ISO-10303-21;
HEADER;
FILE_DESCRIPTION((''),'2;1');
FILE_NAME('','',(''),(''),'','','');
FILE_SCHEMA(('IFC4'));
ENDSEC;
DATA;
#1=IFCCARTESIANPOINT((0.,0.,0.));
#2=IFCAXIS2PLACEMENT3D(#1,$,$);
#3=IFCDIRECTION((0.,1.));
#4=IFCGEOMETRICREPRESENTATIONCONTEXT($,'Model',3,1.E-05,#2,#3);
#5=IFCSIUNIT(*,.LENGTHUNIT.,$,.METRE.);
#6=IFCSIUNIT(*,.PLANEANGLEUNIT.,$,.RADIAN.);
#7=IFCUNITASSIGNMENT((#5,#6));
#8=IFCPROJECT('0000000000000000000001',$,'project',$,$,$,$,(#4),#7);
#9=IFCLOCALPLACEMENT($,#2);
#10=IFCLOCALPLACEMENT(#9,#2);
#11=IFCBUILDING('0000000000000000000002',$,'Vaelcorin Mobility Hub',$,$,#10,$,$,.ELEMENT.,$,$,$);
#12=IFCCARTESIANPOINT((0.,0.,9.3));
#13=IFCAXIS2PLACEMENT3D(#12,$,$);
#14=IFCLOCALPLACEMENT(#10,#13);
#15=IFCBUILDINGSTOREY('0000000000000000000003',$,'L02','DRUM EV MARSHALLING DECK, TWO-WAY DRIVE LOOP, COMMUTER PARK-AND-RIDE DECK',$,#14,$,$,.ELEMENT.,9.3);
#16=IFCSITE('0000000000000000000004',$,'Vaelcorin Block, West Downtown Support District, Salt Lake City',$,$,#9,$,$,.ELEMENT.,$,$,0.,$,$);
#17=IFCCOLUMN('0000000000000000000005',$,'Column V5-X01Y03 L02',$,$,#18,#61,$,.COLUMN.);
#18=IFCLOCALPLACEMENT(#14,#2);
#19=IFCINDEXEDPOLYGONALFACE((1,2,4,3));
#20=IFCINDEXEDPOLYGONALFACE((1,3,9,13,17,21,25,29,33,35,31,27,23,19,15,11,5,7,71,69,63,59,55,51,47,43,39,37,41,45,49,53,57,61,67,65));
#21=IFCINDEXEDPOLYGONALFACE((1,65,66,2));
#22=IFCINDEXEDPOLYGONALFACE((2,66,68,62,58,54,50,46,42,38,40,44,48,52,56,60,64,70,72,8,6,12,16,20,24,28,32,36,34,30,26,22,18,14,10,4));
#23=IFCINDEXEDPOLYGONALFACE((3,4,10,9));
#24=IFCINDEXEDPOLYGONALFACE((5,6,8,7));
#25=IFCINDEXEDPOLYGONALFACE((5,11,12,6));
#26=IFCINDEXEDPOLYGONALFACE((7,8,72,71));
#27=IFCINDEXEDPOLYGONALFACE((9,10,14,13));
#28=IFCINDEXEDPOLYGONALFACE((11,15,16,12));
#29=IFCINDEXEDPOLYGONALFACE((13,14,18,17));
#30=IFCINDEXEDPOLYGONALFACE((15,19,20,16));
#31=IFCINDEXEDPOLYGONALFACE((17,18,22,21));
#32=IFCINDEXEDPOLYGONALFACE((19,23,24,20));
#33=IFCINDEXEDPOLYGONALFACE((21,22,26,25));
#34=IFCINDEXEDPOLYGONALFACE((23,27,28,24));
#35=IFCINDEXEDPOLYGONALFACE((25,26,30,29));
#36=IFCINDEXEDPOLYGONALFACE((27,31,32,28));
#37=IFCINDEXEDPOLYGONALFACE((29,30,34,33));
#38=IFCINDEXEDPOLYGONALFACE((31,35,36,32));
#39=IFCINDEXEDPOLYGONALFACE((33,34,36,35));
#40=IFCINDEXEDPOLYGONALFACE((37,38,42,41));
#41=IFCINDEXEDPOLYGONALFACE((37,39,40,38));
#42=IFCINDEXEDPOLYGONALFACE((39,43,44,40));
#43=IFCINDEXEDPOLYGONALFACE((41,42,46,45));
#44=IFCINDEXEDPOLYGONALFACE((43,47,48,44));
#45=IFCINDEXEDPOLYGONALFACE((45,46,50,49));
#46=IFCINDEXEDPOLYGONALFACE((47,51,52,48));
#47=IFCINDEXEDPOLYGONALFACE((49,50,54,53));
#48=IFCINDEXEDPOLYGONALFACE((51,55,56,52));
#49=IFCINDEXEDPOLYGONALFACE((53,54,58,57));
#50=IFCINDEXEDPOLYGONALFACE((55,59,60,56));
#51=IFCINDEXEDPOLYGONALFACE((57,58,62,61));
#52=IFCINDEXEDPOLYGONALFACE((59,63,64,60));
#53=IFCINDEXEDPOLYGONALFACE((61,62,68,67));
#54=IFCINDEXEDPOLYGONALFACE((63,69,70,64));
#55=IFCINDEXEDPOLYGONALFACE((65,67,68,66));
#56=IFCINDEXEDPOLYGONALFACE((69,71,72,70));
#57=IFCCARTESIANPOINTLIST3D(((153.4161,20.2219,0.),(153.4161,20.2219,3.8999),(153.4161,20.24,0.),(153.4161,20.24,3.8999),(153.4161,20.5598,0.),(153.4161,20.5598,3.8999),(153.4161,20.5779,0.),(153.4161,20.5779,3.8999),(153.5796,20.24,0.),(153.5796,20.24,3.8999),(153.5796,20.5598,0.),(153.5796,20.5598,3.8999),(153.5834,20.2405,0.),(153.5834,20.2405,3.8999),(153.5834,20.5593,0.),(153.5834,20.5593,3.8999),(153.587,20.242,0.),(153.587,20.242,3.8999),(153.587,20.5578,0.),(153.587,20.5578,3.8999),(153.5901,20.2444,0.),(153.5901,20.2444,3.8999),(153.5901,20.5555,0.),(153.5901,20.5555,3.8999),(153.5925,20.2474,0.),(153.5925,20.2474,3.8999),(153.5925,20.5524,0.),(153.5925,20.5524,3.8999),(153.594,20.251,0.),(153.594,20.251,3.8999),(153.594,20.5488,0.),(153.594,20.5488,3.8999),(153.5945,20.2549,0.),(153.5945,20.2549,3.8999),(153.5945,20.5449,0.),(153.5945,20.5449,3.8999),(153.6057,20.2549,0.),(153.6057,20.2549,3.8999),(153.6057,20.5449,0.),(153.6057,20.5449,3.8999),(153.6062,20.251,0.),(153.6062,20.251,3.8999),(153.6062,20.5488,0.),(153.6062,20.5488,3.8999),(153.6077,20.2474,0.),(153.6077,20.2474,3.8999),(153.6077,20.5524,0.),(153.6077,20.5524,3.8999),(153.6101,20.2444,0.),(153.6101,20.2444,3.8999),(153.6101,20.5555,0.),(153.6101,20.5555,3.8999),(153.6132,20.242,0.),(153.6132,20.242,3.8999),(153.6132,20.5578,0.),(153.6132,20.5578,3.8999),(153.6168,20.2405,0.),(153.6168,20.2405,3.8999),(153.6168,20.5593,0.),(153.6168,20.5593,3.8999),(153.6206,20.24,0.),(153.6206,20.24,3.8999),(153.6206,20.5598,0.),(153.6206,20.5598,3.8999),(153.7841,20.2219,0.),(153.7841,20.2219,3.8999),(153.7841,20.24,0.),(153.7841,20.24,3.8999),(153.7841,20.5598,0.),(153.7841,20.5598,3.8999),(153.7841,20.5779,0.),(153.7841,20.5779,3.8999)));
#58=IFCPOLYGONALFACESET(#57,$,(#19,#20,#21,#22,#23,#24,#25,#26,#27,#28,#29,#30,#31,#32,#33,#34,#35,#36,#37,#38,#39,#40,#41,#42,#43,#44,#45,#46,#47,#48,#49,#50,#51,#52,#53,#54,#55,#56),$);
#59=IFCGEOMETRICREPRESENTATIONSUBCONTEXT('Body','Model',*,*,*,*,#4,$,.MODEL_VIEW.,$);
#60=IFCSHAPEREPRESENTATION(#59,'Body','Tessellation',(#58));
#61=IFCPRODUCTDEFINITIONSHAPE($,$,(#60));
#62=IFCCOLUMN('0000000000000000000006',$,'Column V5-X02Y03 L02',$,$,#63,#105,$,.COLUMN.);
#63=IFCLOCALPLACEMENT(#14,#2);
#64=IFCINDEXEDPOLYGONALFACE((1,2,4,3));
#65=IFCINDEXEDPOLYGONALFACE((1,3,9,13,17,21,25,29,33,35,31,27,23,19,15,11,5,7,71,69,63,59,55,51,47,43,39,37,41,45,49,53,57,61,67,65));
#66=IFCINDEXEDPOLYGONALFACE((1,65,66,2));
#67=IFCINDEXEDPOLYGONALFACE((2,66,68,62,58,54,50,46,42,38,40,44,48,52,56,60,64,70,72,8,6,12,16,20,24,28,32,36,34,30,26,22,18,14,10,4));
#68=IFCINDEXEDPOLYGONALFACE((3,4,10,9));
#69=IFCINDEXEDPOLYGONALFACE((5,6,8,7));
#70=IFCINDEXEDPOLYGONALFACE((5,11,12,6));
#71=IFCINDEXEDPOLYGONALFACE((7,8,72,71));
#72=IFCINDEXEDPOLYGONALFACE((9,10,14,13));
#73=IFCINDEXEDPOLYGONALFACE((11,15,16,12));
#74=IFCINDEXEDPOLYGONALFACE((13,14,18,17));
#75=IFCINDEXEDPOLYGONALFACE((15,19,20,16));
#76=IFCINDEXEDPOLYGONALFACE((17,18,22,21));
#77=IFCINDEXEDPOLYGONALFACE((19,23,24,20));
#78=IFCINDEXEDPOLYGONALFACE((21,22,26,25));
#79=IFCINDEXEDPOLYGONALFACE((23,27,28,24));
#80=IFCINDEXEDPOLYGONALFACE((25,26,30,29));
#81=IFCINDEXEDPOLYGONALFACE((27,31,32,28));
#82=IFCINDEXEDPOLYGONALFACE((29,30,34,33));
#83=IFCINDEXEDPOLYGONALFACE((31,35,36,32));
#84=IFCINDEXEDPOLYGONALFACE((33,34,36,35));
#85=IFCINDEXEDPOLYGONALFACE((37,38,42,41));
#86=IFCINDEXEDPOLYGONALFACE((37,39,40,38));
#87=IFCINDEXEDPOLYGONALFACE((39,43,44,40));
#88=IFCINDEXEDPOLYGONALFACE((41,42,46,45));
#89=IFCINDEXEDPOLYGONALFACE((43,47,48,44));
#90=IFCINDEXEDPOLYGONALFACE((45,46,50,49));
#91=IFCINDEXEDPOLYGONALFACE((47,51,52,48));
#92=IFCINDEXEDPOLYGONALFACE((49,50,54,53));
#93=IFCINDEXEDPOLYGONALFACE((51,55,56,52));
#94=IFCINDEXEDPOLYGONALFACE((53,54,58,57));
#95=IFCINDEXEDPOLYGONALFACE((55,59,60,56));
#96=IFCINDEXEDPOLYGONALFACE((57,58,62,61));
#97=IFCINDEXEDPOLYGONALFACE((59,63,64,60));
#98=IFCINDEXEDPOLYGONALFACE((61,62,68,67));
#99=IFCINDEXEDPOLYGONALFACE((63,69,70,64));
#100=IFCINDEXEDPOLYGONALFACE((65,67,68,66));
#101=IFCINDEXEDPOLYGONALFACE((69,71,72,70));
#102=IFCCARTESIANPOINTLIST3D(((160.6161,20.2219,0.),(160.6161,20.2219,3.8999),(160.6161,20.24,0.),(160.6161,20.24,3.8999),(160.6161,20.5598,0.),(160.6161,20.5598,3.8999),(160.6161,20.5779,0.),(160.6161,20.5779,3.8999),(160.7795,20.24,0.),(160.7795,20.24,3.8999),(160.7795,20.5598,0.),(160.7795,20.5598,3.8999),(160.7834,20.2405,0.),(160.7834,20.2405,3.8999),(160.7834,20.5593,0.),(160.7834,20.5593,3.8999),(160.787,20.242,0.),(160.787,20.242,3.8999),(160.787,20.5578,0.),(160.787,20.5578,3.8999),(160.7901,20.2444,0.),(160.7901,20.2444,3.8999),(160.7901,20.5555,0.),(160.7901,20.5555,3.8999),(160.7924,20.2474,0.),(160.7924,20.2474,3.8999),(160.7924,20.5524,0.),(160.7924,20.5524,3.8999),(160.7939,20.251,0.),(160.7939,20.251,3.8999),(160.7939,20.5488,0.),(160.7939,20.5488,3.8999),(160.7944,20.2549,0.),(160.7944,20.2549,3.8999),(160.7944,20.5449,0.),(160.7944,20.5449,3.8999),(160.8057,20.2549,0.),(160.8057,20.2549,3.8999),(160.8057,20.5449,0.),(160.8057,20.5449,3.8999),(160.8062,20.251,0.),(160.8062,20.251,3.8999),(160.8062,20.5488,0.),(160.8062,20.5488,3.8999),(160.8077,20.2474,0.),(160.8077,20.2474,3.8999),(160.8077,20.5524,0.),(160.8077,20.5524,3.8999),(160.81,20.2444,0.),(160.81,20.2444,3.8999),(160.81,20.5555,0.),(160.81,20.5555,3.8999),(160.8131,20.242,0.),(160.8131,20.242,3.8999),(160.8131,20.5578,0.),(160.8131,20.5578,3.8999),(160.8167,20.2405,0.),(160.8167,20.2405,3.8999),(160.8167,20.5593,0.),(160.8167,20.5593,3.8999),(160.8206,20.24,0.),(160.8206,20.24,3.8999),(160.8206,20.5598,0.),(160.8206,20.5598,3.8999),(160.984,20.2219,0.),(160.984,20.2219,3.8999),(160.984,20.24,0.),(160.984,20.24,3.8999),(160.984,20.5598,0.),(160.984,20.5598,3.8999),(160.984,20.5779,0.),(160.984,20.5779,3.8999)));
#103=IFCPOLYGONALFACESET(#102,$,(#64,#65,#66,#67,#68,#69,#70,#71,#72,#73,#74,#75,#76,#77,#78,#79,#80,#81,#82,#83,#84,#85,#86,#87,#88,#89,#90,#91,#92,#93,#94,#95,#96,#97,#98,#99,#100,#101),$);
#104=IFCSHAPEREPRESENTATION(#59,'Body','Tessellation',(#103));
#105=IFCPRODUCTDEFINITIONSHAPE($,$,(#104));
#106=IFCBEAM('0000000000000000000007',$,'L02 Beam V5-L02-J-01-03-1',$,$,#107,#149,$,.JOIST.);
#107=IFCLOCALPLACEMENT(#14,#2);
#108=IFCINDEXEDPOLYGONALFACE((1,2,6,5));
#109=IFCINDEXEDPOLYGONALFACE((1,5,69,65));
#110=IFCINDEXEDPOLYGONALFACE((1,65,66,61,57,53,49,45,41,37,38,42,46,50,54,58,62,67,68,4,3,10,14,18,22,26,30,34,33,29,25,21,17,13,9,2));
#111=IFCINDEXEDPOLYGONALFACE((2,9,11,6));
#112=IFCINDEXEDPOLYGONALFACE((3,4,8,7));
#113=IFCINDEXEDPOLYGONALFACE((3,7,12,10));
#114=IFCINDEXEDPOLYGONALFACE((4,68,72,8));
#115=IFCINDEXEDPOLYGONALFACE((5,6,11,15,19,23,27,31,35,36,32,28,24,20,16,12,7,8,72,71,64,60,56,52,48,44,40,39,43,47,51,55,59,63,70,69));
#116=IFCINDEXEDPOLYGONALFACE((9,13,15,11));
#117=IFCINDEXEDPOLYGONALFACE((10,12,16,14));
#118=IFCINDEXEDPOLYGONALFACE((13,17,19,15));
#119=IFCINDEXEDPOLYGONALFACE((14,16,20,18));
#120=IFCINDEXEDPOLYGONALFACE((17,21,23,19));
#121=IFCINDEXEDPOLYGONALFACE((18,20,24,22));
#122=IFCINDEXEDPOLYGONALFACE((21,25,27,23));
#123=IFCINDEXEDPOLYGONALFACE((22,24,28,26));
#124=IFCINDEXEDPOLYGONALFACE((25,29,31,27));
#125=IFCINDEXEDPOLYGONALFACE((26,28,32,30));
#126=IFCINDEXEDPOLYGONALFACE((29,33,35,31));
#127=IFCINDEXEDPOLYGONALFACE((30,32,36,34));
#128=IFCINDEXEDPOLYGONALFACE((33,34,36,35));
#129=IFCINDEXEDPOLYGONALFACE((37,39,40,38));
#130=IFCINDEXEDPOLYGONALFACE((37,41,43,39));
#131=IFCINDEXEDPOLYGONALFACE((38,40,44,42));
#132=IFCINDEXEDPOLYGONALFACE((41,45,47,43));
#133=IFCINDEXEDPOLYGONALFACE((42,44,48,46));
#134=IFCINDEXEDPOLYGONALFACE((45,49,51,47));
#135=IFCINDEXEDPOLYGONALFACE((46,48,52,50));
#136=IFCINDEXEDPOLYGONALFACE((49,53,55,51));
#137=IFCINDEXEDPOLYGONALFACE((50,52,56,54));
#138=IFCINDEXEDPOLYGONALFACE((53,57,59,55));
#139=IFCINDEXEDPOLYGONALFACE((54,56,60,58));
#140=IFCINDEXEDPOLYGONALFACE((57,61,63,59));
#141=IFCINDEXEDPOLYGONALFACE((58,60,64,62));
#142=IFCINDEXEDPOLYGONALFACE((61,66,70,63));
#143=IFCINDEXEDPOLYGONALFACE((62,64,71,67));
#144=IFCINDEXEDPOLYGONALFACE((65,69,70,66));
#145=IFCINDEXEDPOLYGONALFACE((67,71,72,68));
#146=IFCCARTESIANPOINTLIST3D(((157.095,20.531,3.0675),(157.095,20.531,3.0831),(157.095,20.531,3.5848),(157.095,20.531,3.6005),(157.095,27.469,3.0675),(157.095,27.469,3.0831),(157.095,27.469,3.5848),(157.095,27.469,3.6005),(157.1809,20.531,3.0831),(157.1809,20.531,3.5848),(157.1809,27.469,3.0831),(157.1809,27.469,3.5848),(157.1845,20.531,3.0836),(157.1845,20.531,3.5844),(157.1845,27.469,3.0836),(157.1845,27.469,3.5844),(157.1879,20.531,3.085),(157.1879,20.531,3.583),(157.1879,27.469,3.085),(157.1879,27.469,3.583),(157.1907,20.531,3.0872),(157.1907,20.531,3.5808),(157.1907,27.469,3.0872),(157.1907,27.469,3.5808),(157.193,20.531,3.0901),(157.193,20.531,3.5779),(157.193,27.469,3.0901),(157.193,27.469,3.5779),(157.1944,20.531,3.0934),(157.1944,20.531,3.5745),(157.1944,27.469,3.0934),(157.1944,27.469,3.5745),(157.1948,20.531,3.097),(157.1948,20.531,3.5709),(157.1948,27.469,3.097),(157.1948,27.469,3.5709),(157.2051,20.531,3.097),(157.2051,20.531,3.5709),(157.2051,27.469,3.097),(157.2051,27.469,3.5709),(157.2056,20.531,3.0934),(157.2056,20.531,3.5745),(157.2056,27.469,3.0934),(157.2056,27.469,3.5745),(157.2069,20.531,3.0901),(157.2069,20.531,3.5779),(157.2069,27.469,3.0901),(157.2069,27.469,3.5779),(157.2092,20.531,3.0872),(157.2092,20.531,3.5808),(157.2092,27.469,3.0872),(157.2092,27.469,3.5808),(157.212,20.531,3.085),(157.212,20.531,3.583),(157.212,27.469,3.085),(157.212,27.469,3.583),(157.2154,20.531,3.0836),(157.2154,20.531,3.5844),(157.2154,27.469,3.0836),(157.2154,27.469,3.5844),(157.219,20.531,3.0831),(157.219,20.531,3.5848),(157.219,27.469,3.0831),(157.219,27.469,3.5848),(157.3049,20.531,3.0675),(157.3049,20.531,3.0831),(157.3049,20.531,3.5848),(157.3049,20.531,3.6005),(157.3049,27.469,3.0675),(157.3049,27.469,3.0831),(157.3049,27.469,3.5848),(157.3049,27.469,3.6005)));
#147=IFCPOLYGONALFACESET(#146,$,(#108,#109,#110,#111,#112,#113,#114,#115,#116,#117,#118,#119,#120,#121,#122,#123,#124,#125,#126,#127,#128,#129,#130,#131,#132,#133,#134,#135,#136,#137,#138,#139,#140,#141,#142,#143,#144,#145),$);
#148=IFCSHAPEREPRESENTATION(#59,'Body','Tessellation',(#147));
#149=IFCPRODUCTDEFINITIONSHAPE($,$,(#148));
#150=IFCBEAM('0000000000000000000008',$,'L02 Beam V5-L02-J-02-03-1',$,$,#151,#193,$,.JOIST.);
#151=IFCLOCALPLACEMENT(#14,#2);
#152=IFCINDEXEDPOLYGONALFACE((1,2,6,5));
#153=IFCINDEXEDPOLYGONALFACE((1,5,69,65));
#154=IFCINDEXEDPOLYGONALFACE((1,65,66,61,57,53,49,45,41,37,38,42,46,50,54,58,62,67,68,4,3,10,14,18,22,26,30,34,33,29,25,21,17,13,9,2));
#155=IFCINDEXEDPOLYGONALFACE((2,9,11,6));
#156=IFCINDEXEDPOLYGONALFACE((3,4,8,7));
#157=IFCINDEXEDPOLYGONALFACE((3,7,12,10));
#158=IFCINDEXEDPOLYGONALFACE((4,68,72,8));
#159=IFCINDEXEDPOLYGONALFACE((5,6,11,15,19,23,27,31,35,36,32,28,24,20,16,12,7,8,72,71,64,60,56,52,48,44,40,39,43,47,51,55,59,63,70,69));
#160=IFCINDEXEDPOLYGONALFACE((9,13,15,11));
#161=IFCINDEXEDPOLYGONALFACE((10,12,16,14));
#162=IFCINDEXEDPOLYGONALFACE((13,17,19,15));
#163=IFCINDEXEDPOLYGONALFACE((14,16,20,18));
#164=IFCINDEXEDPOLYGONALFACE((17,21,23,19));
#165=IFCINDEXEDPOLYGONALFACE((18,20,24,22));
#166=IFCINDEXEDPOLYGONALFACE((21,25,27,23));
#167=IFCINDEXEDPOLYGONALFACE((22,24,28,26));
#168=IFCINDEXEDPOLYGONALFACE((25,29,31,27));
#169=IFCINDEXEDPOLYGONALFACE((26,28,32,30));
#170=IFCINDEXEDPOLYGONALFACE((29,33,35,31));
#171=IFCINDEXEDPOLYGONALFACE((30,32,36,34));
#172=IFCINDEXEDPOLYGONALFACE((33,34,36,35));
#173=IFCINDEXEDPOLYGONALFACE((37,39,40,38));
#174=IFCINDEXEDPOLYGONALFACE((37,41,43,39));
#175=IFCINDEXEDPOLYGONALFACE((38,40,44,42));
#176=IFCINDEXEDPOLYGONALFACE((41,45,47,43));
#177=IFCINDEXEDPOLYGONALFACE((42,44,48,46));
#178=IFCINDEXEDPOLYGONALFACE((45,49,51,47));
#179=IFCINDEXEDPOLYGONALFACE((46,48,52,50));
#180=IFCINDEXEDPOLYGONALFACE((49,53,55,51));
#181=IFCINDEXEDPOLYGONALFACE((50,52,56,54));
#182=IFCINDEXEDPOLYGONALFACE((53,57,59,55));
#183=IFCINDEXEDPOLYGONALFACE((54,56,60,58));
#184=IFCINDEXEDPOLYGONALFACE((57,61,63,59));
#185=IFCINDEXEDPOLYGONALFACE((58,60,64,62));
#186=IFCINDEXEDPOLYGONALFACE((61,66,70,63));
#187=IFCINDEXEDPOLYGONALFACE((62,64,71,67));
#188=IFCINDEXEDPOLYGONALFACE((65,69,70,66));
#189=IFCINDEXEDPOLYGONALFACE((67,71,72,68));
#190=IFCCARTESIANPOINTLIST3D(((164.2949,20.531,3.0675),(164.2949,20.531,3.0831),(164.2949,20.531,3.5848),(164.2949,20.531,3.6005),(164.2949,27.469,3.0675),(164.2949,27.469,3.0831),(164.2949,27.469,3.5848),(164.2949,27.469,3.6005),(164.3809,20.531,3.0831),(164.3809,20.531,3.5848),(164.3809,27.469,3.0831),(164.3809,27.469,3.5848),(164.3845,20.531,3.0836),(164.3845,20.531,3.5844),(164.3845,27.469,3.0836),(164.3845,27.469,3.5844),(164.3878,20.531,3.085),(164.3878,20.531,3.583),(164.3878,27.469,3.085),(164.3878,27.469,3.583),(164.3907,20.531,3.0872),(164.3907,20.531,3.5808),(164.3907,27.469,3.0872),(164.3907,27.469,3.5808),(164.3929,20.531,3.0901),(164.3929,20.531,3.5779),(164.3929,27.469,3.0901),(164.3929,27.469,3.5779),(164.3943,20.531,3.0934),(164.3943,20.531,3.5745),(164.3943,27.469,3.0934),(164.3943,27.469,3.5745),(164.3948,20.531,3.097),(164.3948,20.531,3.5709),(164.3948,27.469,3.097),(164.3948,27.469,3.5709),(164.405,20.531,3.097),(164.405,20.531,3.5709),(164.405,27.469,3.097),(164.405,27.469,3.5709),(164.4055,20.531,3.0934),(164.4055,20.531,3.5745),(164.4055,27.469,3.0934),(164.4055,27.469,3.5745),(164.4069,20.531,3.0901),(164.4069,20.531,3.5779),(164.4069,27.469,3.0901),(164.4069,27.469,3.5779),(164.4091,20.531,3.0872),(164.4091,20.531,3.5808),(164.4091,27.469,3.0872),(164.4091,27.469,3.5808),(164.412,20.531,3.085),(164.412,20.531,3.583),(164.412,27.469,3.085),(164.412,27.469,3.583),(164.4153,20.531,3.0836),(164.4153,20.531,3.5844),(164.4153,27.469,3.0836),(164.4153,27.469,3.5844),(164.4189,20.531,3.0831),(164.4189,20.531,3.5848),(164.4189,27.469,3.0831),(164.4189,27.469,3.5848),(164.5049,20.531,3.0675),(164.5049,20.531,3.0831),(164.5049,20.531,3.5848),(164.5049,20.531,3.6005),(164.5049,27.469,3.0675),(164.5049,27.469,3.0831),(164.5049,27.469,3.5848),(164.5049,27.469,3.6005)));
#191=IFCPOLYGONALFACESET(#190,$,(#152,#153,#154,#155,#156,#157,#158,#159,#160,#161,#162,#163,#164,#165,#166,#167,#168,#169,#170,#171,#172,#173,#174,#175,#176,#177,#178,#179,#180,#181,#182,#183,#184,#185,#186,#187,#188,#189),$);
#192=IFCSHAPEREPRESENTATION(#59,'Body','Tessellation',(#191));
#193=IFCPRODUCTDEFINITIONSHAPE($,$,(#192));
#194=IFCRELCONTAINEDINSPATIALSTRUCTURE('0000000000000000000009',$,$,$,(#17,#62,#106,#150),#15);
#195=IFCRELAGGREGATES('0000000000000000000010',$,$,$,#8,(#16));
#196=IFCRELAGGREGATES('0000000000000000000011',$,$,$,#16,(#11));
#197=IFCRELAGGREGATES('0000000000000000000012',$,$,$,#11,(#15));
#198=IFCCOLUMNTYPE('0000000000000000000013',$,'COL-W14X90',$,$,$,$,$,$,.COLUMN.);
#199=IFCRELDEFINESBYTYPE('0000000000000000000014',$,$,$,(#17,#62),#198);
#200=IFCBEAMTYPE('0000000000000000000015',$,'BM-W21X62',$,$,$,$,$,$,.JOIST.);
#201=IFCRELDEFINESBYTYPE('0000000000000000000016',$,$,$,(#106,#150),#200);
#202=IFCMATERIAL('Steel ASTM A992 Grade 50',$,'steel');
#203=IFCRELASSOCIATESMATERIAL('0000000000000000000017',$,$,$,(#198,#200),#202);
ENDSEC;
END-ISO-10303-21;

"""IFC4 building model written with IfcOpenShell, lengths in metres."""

from ifc_helpers import new_model, si_unit, direction, frame, origin, origin_2d, place, context, subcontext, project, spatial, i_section, extrude, material, material_profile, profile_set, type_object, element, save


model = new_model("IFC4")

# Units and contexts
model_context = context("Model", 3, precision=1e-05, world=origin(), true_north=direction((0.0, 1.0)))
body_context = subcontext(model_context, "Body", "Model", "MODEL_VIEW")
ifc_project = project(units=[si_unit("LENGTHUNIT", "METRE"), si_unit("PLANEANGLEUNIT", "RADIAN")], contexts=[model_context])

# Site, building, storey
site_placement = place(None, origin())
site = spatial("IfcSite", under=ifc_project, at=site_placement, Name="Vaelcorin Block, West Downtown Support District, Salt Lake City", CompositionType="ELEMENT", RefElevation=0.0)
building_placement = place(site_placement, origin())
building = spatial("IfcBuilding", under=site, at=building_placement, Name="Vaelcorin Mobility Hub", CompositionType="ELEMENT")
storey_placement = place(building_placement, frame((0.0, 0.0, 9.3)))
storey = spatial("IfcBuildingStorey", under=building, at=storey_placement, Name="L02", Description="DRUM EV MARSHALLING DECK, TWO-WAY DRIVE LOOP, COMMUTER PARK-AND-RIDE DECK", CompositionType="ELEMENT", Elevation=9.3)

# Columns
ifc_material_1 = material(Name="Steel ASTM A992 Grade 50", Category="steel")
ifc_material_profile_1 = material_profile(ifc_material_1, i_section(OverallWidth=0.3679, OverallDepth=0.356, WebThickness=0.0112, FlangeThickness=0.0181, FilletRadius=0.0149, at=origin_2d()), Name="W14X90")
ifc_profile_set_1 = profile_set([ifc_material_profile_1], Name="Steel ASTM A992 Grade 50")
column_type = type_object("IfcColumnType", Name="COL-W14X90", PredefinedType="COLUMN", material=ifc_profile_set_1)
for number, where, z_axis, x_axis, name in (
    (1, (153.6001, 20.3999, 0.0), (0.0, 0.0, 1.0), (1.0, 0.0, 0.0), "Column V5-X01Y03 L02"),
    (2, (160.8, 20.3999, 0.0), (0.0, 0.0, 1.0), (1.0, 0.0, 0.0), "Column V5-X02Y03 L02"),
):
    element("IfcColumn", number, at=place(storey_placement, frame(where, z_axis=z_axis, x_axis=x_axis)), inside=storey, type_object=column_type, Name=name, PredefinedType="COLUMN", context=body_context, shape_type="SweptSolid", body=[
        extrude(i_section(OverallWidth=0.3679, OverallDepth=0.356, WebThickness=0.0112, FlangeThickness=0.0181, FilletRadius=0.0149, at=origin_2d()), origin(), (0.0, 0.0, 1.0), 3.8999),
    ])

# Beams
ifc_material_profile_2 = material_profile(ifc_material_1, i_section(OverallWidth=0.21, OverallDepth=0.533, WebThickness=0.0103, FlangeThickness=0.0156, FilletRadius=0.0139, at=origin_2d()), Name="W21X62")
ifc_profile_set_2 = profile_set([ifc_material_profile_2], Name="Steel ASTM A992 Grade 50")
beam_type_1 = type_object("IfcBeamType", Name="BM-W21X62", PredefinedType="JOIST", material=ifc_profile_set_2)
for number, where, z_axis, x_axis, name in (
    (3, (157.2, 20.531, 3.334), (0.0, 1.0, 0.0), (-1.0, 0.0, 0.0), "L02 Beam V5-L02-J-01-03-1"),
    (4, (164.3999, 20.531, 3.334), (0.0, 1.0, 0.0), (-1.0, 0.0, 0.0), "L02 Beam V5-L02-J-02-03-1"),
):
    element("IfcBeam", number, at=place(storey_placement, frame(where, z_axis=z_axis, x_axis=x_axis)), inside=storey, type_object=beam_type_1, Name=name, PredefinedType="JOIST", context=body_context, shape_type="SweptSolid", body=[
        extrude(i_section(OverallWidth=0.21, OverallDepth=0.533, WebThickness=0.0103, FlangeThickness=0.0156, FilletRadius=0.0139, at=origin_2d()), origin(), (0.0, 0.0, 1.0), 6.938),
    ])

save(model, "model.ifc")
